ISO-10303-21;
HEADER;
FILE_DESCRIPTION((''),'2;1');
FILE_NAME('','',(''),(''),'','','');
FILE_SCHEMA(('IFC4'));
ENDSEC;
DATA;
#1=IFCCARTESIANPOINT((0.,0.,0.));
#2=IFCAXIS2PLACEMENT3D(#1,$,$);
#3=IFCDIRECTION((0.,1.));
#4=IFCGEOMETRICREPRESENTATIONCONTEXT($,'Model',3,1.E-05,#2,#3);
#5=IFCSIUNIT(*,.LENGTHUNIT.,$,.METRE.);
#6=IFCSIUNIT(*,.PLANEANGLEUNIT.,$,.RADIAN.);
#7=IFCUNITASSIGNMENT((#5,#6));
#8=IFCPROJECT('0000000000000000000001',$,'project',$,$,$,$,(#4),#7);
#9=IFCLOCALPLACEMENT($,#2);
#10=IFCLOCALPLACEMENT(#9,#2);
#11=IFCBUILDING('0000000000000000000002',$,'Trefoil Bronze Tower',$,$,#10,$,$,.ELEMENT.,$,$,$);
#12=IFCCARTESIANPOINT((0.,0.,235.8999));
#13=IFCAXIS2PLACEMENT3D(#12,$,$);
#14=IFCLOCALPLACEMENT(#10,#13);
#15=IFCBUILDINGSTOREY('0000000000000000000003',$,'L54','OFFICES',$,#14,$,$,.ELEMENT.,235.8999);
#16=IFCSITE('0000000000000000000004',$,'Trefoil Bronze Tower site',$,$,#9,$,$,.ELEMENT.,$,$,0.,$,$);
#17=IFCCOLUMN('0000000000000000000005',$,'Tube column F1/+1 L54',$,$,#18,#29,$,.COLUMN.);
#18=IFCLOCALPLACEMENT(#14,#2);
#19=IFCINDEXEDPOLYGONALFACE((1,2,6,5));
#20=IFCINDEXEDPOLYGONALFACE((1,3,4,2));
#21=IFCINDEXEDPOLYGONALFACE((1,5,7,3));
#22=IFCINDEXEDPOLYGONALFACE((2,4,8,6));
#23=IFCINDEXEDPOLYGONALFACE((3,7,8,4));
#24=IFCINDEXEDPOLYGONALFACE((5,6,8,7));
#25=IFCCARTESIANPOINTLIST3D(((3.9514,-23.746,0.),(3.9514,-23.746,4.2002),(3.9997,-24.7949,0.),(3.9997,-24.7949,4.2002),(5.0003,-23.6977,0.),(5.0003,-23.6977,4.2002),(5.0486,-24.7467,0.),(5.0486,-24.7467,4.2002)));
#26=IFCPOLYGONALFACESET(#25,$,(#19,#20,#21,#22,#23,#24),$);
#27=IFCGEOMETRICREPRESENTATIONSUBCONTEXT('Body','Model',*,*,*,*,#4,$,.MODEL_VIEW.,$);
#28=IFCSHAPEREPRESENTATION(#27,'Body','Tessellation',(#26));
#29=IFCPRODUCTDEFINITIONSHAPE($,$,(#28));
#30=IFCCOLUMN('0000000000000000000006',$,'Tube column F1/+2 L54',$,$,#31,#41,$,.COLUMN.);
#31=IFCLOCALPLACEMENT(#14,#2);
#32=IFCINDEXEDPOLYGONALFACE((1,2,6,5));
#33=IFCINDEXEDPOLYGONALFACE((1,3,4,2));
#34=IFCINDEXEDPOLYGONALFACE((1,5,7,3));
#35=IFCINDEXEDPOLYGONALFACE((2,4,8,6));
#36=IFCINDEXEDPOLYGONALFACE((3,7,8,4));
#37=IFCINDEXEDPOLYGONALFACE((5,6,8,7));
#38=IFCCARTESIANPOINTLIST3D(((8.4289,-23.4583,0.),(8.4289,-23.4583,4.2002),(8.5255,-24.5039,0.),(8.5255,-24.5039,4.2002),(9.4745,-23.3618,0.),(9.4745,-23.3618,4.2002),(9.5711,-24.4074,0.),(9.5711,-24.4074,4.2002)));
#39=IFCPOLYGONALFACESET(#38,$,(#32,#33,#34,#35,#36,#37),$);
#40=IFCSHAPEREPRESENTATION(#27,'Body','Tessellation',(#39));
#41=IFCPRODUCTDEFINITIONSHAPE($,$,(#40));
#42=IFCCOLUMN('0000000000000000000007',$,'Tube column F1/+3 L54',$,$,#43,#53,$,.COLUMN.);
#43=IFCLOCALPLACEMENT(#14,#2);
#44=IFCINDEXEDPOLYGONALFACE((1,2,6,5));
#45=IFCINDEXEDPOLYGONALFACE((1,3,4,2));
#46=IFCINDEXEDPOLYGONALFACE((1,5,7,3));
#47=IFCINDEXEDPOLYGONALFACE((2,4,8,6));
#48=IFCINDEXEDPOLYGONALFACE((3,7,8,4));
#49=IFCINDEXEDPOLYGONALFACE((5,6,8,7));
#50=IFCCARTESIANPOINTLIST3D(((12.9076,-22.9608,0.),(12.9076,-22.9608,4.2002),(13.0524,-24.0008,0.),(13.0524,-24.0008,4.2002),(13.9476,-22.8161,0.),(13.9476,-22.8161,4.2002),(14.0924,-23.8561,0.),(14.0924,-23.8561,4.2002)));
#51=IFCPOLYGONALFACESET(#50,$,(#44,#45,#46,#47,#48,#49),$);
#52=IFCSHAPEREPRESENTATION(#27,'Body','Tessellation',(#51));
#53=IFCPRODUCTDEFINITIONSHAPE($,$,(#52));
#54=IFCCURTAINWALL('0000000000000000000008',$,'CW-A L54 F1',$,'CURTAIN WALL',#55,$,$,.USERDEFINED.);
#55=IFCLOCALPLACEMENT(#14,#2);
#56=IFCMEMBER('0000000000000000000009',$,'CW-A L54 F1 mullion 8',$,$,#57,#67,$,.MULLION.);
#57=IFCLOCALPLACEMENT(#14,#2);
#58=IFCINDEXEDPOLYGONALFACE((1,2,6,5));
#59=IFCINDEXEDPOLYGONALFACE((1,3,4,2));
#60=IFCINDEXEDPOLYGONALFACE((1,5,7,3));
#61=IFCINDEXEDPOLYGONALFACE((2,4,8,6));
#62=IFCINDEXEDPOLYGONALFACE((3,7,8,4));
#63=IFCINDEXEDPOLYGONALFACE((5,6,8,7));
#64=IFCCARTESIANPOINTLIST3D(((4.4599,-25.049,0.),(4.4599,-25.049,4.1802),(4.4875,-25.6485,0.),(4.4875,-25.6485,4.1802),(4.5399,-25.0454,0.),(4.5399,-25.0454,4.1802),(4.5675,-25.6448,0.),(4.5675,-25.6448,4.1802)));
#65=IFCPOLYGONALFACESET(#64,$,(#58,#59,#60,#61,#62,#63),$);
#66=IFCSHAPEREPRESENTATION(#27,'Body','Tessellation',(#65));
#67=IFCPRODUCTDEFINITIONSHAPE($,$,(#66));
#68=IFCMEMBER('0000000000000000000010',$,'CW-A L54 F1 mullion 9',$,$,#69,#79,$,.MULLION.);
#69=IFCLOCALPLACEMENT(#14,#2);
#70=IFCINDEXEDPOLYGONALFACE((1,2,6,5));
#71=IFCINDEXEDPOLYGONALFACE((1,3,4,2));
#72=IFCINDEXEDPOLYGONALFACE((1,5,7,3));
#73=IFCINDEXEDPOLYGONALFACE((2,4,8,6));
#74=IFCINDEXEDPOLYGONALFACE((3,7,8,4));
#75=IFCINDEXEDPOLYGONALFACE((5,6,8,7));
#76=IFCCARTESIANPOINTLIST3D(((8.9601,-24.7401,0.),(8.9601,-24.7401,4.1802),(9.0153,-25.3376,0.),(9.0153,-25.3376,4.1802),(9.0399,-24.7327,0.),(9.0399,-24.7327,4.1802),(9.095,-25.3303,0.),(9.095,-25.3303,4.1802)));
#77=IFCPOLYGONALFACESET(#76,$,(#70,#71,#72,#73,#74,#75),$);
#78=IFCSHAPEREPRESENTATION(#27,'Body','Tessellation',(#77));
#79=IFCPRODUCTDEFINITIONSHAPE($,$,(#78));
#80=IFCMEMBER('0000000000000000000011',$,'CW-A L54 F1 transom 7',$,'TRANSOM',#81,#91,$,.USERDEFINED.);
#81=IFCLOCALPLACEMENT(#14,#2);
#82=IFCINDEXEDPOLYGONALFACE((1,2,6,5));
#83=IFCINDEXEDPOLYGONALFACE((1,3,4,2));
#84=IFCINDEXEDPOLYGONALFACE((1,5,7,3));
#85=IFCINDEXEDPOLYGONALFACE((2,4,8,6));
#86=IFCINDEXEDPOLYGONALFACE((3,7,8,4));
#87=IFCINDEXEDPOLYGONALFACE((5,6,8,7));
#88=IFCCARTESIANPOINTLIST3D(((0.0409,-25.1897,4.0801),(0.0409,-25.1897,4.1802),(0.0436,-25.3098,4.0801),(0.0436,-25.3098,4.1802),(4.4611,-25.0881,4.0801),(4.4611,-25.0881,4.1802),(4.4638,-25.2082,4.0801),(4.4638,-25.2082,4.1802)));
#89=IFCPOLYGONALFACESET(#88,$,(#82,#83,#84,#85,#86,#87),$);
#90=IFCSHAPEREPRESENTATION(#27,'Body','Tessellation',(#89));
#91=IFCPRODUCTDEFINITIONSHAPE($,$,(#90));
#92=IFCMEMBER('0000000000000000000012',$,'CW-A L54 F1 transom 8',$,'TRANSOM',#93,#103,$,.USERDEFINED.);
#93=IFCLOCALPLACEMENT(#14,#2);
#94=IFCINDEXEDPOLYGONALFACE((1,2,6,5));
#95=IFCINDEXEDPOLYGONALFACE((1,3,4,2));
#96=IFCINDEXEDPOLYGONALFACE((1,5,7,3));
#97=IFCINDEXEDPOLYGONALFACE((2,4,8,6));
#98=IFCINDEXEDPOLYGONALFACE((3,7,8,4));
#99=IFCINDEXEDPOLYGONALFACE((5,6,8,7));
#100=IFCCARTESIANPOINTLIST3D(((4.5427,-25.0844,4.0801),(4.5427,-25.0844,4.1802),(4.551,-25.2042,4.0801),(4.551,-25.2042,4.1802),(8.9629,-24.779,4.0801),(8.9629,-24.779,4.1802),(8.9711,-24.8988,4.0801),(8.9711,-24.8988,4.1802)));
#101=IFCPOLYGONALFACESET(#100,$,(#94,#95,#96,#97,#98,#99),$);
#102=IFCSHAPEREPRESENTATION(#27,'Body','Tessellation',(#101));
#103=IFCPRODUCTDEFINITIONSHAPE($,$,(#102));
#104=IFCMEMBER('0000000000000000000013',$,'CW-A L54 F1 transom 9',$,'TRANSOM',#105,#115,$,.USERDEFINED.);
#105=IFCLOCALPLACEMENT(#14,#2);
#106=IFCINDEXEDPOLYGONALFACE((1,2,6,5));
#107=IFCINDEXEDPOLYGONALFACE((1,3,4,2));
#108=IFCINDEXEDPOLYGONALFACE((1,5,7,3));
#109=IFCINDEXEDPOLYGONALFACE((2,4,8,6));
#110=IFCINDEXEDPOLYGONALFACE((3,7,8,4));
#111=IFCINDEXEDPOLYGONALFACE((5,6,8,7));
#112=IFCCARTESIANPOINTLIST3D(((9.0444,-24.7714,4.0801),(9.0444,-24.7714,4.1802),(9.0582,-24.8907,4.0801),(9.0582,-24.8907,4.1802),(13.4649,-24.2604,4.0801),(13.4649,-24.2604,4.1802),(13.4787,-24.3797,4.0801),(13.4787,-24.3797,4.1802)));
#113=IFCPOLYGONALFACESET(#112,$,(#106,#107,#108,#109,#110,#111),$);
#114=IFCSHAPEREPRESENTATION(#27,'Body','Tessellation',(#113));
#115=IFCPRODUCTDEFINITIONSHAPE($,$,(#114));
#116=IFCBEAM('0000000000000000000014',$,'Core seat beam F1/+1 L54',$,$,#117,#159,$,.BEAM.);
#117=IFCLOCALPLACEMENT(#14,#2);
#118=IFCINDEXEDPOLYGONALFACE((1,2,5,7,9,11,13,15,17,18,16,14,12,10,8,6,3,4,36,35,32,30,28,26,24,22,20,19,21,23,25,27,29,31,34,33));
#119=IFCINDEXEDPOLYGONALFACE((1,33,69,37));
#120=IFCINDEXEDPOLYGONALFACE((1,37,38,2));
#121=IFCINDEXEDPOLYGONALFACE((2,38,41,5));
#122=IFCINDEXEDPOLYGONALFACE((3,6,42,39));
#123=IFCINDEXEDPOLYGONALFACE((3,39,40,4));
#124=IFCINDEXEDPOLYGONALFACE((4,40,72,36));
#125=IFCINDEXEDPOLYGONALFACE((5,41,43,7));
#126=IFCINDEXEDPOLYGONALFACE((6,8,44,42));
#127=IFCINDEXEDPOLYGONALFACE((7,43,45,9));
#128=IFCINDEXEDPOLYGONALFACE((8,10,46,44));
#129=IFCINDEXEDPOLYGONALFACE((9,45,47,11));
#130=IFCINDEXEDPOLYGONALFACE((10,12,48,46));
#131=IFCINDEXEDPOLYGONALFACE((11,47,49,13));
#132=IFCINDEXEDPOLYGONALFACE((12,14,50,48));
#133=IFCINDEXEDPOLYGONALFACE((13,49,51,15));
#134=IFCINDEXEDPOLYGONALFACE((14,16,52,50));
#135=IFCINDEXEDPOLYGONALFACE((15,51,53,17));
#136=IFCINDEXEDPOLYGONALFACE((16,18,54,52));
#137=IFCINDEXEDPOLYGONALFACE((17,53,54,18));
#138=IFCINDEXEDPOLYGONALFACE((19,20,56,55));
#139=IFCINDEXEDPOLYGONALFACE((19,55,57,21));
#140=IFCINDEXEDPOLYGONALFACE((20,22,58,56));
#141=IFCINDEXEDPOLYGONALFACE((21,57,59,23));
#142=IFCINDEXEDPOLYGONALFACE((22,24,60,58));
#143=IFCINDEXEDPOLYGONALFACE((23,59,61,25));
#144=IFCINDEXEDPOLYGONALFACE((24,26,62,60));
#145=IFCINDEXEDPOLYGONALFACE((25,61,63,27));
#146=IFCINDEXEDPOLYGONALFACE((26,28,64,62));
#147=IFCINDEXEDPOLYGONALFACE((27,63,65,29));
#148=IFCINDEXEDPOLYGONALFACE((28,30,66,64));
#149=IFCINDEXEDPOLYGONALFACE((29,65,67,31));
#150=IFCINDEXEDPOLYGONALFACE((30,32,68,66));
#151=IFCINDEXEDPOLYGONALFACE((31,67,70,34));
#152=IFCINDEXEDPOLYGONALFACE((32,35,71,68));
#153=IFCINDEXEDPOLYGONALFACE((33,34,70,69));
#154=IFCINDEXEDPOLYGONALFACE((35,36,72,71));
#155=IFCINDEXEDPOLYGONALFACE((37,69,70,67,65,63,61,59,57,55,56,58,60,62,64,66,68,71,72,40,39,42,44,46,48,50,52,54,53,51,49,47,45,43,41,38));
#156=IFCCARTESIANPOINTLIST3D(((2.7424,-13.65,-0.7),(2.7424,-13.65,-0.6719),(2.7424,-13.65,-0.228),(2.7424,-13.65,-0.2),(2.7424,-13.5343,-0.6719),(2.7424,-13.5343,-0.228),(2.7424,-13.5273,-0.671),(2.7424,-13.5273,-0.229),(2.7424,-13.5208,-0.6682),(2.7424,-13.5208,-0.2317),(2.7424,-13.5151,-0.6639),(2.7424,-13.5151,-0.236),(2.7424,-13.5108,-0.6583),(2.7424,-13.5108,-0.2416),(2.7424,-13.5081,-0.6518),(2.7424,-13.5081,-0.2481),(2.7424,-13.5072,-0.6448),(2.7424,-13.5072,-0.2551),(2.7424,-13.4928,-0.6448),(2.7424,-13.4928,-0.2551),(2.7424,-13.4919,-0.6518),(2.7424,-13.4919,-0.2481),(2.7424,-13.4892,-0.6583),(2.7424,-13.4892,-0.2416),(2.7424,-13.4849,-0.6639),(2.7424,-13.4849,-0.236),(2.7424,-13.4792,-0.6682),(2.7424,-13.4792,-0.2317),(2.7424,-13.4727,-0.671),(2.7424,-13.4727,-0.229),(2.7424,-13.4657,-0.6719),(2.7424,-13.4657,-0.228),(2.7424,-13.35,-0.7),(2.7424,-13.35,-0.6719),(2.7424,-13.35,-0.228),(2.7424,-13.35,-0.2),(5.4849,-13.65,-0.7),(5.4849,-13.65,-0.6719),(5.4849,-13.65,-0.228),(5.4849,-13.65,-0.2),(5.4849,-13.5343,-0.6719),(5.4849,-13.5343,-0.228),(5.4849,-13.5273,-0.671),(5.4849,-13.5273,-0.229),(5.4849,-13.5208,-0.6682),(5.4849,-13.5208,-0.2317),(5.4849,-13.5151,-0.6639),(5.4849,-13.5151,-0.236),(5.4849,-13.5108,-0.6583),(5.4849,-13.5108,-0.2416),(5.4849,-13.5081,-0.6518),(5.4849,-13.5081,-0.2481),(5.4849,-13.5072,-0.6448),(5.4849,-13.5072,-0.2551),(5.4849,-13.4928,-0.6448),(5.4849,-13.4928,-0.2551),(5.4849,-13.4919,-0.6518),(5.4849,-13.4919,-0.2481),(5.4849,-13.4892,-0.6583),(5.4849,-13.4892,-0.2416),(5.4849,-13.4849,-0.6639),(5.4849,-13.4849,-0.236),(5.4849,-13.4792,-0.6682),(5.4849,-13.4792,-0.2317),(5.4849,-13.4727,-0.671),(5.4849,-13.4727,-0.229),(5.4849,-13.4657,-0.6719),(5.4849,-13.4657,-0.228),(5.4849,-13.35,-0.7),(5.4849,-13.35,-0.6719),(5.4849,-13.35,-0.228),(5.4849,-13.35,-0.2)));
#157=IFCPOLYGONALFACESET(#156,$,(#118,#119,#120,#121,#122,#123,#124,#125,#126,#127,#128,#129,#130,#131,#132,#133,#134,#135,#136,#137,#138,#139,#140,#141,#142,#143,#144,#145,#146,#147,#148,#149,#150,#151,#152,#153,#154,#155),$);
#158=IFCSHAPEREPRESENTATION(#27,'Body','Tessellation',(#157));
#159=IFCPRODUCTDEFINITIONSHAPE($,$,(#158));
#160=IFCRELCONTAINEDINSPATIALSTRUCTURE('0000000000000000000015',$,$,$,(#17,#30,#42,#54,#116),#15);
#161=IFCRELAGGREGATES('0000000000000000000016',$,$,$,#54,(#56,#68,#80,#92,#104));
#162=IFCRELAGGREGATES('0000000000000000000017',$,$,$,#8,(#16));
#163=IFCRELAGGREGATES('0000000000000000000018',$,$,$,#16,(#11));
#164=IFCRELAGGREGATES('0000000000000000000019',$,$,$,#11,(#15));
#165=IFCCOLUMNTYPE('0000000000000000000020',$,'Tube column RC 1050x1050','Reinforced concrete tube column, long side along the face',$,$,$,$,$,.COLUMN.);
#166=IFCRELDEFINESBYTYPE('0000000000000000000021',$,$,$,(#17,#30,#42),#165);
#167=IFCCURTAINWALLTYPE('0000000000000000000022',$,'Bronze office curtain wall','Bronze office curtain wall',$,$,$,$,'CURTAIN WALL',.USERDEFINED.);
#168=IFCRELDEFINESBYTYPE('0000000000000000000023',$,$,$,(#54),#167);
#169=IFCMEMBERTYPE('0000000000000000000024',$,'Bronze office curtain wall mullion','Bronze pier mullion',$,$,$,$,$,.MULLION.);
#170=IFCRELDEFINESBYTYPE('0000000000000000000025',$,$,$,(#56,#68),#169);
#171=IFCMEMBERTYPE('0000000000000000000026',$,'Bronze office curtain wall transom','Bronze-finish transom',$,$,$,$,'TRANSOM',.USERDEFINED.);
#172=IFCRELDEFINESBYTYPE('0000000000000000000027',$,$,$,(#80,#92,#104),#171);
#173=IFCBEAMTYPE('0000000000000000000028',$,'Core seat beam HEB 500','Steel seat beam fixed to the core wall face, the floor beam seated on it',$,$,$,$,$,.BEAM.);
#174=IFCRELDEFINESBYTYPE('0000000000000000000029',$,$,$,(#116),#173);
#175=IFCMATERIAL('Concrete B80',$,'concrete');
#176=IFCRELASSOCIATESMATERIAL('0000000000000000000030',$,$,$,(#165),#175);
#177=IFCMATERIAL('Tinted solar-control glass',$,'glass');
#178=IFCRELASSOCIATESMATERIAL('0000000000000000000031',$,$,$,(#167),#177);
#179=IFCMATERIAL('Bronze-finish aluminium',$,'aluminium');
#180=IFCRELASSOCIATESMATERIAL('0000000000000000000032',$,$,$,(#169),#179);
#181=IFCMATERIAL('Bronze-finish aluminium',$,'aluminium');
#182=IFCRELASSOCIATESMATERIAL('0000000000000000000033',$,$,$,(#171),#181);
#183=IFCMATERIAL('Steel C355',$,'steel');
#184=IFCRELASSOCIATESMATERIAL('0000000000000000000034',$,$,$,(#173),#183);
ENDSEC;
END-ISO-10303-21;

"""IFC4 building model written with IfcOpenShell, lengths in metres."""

from ifc_helpers import new_model, si_unit, direction, frame, origin, origin_2d, place, context, subcontext, project, spatial, rectangle, i_section, extrude, material, material_profile, profile_set, type_object, element, aggregate, save


model = new_model("IFC4")

# Units and contexts
model_context = context("Model", 3, precision=1e-05, world=origin(), true_north=direction((0.0, 1.0)))
body_context = subcontext(model_context, "Body", "Model", "MODEL_VIEW")
ifc_project = project(units=[si_unit("LENGTHUNIT", "METRE"), si_unit("PLANEANGLEUNIT", "RADIAN")], contexts=[model_context])

# Site, building, storey
site_placement = place(None, origin())
site = spatial("IfcSite", under=ifc_project, at=site_placement, Name="Trefoil Bronze Tower site", CompositionType="ELEMENT", RefElevation=0.0)
building_placement = place(site_placement, origin())
building = spatial("IfcBuilding", under=site, at=building_placement, Name="Trefoil Bronze Tower", CompositionType="ELEMENT")
storey_placement = place(building_placement, frame((0.0, 0.0, 235.8999)))
storey = spatial("IfcBuildingStorey", under=building, at=storey_placement, Name="L54", Description="OFFICES", CompositionType="ELEMENT", Elevation=235.8999)

# Columns
ifc_material_1 = material(Name="Concrete B80", Category="concrete")
ifc_material_profile_1 = material_profile(ifc_material_1, rectangle(XDim=1.05, YDim=1.05, at=origin_2d()), Name="RC 1050x1050")
ifc_profile_set_1 = profile_set([ifc_material_profile_1], Name="Concrete B80")
column_type = type_object("IfcColumnType", Name="Tube column RC 1050x1050", Description="Reinforced concrete tube column, long side along the face", PredefinedType="COLUMN", material=ifc_profile_set_1)
for number, where, z_axis, x_axis, name in (
    (1, (4.5, -24.2463, 0.0), (0.0, 0.0, 1.0), (0.998943, 0.045956, 0.0), "Tube column F1/+1 L54"),
    (2, (9.0, -23.9329, 0.0), (0.0, 0.0, 1.0), (0.995767, 0.091911, 0.0), "Tube column F1/+2 L54"),
    (3, (13.5, -23.4084, 0.0), (0.0, 0.0, 1.0), (0.990451, 0.137868, 0.0), "Tube column F1/+3 L54"),
):
    element("IfcColumn", number, at=place(storey_placement, frame(where, z_axis=z_axis, x_axis=x_axis)), inside=storey, type_object=column_type, Name=name, PredefinedType="COLUMN", context=body_context, shape_type="SweptSolid", body=[
        extrude(rectangle(XDim=1.05, YDim=1.05, at=origin_2d()), origin(), (0.0, 0.0, 1.0), 4.2002),
    ])

# Curtain wall, members
ifc_material_2 = material(Name="Tinted solar-control glass", Category="glass")
curtain_wall_type = type_object("IfcCurtainWallType", Name="Bronze office curtain wall", Description="Bronze office curtain wall", ElementType="CURTAIN WALL", PredefinedType="USERDEFINED", material=ifc_material_2)
curtain_wall_placement = place(storey_placement, origin())
curtain_wall = element("IfcCurtainWall", 4, at=curtain_wall_placement, inside=storey, type_object=curtain_wall_type, Name="CW-A L54 F1", ObjectType="CURTAIN WALL", PredefinedType="USERDEFINED")
ifc_material_3 = material(Name="Bronze-finish aluminium", Category="aluminium")
ifc_material_profile_2 = material_profile(ifc_material_3, rectangle(XDim=0.6001, YDim=0.0801, at=origin_2d()), Name="CW-A mullion")
ifc_profile_set_2 = profile_set([ifc_material_profile_2], Name="Bronze-finish aluminium")
member_type_1 = type_object("IfcMemberType", Name="Bronze office curtain wall mullion", Description="Bronze pier mullion", PredefinedType="MULLION", material=ifc_profile_set_2)
member_1_placement = place(storey_placement, frame((4.5137, -25.3469, 0.0), z_axis=(0.0, 0.0, 1.0), x_axis=(-0.045956, 0.998943, 0.0)))
member_1 = element("IfcMember", 5, at=member_1_placement, type_object=member_type_1, Name="CW-A L54 F1 mullion 8", PredefinedType="MULLION", context=body_context, shape_type="SweptSolid", body=[
    extrude(rectangle(XDim=0.6001, YDim=0.0801, at=origin_2d()), origin(), (0.0, 0.0, 1.0), 4.1802),
])
member_2_placement = place(storey_placement, frame((9.0276, -25.0352, 0.0), z_axis=(0.0, 0.0, 1.0), x_axis=(-0.091911, 0.995767, 0.0)))
member_2 = element("IfcMember", 6, at=member_2_placement, type_object=member_type_1, Name="CW-A L54 F1 mullion 9", PredefinedType="MULLION", context=body_context, shape_type="SweptSolid", body=[
    extrude(rectangle(XDim=0.6001, YDim=0.0801, at=origin_2d()), origin(), (0.0, 0.0, 1.0), 4.1802),
])
ifc_material_4 = material(Name="Bronze-finish aluminium", Category="aluminium")
ifc_material_profile_3 = material_profile(ifc_material_4, rectangle(XDim=0.1201, YDim=0.1001, at=origin_2d()), Name="CW-A transom")
ifc_profile_set_3 = profile_set([ifc_material_profile_3], Name="Bronze-finish aluminium")
member_type_2 = type_object("IfcMemberType", Name="Bronze office curtain wall transom", Description="Bronze-finish transom", ElementType="TRANSOM", PredefinedType="USERDEFINED", material=ifc_profile_set_3)
member_3_placement = place(storey_placement, frame((0.0422, -25.2498, 4.1301), z_axis=(0.999736, 0.022971, 0.0), x_axis=(-0.022971, 0.999736, 0.0)))
member_3 = element("IfcMember", 7, at=member_3_placement, type_object=member_type_2, Name="CW-A L54 F1 transom 7", ObjectType="TRANSOM", PredefinedType="USERDEFINED", context=body_context, shape_type="SweptSolid", body=[
    extrude(rectangle(XDim=0.1201, YDim=0.1001, at=origin_2d()), origin(), (0.0, 0.0, 1.0), 4.4214),
])
member_4_placement = place(storey_placement, frame((4.5469, -25.1443, 4.1301), z_axis=(0.997621, 0.068933, 0.0), x_axis=(-0.068933, 0.997621, 0.0)))
member_4 = element("IfcMember", 8, at=member_4_placement, type_object=member_type_2, Name="CW-A L54 F1 transom 8", ObjectType="TRANSOM", PredefinedType="USERDEFINED", context=body_context, shape_type="SweptSolid", body=[
    extrude(rectangle(XDim=0.1201, YDim=0.1001, at=origin_2d()), origin(), (0.0, 0.0, 1.0), 4.4307),
])
member_5_placement = place(storey_placement, frame((9.0513, -24.8311, 4.1301), z_axis=(0.993385, 0.114832, 0.0), x_axis=(-0.114832, 0.993385, 0.0)))
member_5 = element("IfcMember", 9, at=member_5_placement, type_object=member_type_2, Name="CW-A L54 F1 transom 9", ObjectType="TRANSOM", PredefinedType="USERDEFINED", context=body_context, shape_type="SweptSolid", body=[
    extrude(rectangle(XDim=0.1201, YDim=0.1001, at=origin_2d()), origin(), (0.0, 0.0, 1.0), 4.45),
])

# Beam
ifc_material_5 = material(Name="Steel C355", Category="steel")
ifc_material_profile_4 = material_profile(ifc_material_5, i_section(OverallWidth=0.3, OverallDepth=0.5, WebThickness=0.0144, FlangeThickness=0.0281, FilletRadius=0.0271, at=origin_2d()), Name="HEB 500")
ifc_profile_set_4 = profile_set([ifc_material_profile_4], Name="Steel C355")
beam_type_1 = type_object("IfcBeamType", Name="Core seat beam HEB 500", Description="Steel seat beam fixed to the core wall face, the floor beam seated on it", PredefinedType="BEAM", material=ifc_profile_set_4)
for number, where, z_axis, x_axis, name in (
    (10, (2.7424, -13.5, -0.45), (1.0, 0.0, 0.0), (0.0, 1.0, 0.0), "Core seat beam F1/+1 L54"),
):
    element("IfcBeam", number, at=place(storey_placement, frame(where, z_axis=z_axis, x_axis=x_axis)), inside=storey, type_object=beam_type_1, Name=name, PredefinedType="BEAM", context=body_context, shape_type="SweptSolid", body=[
        extrude(i_section(OverallWidth=0.3, OverallDepth=0.5, WebThickness=0.0144, FlangeThickness=0.0281, FilletRadius=0.0271, at=origin_2d()), origin(), (0.0, 0.0, 1.0), 2.7424),
    ])

aggregate(curtain_wall, [member_1, member_2, member_3, member_4, member_5])

save(model, "model.ifc")
